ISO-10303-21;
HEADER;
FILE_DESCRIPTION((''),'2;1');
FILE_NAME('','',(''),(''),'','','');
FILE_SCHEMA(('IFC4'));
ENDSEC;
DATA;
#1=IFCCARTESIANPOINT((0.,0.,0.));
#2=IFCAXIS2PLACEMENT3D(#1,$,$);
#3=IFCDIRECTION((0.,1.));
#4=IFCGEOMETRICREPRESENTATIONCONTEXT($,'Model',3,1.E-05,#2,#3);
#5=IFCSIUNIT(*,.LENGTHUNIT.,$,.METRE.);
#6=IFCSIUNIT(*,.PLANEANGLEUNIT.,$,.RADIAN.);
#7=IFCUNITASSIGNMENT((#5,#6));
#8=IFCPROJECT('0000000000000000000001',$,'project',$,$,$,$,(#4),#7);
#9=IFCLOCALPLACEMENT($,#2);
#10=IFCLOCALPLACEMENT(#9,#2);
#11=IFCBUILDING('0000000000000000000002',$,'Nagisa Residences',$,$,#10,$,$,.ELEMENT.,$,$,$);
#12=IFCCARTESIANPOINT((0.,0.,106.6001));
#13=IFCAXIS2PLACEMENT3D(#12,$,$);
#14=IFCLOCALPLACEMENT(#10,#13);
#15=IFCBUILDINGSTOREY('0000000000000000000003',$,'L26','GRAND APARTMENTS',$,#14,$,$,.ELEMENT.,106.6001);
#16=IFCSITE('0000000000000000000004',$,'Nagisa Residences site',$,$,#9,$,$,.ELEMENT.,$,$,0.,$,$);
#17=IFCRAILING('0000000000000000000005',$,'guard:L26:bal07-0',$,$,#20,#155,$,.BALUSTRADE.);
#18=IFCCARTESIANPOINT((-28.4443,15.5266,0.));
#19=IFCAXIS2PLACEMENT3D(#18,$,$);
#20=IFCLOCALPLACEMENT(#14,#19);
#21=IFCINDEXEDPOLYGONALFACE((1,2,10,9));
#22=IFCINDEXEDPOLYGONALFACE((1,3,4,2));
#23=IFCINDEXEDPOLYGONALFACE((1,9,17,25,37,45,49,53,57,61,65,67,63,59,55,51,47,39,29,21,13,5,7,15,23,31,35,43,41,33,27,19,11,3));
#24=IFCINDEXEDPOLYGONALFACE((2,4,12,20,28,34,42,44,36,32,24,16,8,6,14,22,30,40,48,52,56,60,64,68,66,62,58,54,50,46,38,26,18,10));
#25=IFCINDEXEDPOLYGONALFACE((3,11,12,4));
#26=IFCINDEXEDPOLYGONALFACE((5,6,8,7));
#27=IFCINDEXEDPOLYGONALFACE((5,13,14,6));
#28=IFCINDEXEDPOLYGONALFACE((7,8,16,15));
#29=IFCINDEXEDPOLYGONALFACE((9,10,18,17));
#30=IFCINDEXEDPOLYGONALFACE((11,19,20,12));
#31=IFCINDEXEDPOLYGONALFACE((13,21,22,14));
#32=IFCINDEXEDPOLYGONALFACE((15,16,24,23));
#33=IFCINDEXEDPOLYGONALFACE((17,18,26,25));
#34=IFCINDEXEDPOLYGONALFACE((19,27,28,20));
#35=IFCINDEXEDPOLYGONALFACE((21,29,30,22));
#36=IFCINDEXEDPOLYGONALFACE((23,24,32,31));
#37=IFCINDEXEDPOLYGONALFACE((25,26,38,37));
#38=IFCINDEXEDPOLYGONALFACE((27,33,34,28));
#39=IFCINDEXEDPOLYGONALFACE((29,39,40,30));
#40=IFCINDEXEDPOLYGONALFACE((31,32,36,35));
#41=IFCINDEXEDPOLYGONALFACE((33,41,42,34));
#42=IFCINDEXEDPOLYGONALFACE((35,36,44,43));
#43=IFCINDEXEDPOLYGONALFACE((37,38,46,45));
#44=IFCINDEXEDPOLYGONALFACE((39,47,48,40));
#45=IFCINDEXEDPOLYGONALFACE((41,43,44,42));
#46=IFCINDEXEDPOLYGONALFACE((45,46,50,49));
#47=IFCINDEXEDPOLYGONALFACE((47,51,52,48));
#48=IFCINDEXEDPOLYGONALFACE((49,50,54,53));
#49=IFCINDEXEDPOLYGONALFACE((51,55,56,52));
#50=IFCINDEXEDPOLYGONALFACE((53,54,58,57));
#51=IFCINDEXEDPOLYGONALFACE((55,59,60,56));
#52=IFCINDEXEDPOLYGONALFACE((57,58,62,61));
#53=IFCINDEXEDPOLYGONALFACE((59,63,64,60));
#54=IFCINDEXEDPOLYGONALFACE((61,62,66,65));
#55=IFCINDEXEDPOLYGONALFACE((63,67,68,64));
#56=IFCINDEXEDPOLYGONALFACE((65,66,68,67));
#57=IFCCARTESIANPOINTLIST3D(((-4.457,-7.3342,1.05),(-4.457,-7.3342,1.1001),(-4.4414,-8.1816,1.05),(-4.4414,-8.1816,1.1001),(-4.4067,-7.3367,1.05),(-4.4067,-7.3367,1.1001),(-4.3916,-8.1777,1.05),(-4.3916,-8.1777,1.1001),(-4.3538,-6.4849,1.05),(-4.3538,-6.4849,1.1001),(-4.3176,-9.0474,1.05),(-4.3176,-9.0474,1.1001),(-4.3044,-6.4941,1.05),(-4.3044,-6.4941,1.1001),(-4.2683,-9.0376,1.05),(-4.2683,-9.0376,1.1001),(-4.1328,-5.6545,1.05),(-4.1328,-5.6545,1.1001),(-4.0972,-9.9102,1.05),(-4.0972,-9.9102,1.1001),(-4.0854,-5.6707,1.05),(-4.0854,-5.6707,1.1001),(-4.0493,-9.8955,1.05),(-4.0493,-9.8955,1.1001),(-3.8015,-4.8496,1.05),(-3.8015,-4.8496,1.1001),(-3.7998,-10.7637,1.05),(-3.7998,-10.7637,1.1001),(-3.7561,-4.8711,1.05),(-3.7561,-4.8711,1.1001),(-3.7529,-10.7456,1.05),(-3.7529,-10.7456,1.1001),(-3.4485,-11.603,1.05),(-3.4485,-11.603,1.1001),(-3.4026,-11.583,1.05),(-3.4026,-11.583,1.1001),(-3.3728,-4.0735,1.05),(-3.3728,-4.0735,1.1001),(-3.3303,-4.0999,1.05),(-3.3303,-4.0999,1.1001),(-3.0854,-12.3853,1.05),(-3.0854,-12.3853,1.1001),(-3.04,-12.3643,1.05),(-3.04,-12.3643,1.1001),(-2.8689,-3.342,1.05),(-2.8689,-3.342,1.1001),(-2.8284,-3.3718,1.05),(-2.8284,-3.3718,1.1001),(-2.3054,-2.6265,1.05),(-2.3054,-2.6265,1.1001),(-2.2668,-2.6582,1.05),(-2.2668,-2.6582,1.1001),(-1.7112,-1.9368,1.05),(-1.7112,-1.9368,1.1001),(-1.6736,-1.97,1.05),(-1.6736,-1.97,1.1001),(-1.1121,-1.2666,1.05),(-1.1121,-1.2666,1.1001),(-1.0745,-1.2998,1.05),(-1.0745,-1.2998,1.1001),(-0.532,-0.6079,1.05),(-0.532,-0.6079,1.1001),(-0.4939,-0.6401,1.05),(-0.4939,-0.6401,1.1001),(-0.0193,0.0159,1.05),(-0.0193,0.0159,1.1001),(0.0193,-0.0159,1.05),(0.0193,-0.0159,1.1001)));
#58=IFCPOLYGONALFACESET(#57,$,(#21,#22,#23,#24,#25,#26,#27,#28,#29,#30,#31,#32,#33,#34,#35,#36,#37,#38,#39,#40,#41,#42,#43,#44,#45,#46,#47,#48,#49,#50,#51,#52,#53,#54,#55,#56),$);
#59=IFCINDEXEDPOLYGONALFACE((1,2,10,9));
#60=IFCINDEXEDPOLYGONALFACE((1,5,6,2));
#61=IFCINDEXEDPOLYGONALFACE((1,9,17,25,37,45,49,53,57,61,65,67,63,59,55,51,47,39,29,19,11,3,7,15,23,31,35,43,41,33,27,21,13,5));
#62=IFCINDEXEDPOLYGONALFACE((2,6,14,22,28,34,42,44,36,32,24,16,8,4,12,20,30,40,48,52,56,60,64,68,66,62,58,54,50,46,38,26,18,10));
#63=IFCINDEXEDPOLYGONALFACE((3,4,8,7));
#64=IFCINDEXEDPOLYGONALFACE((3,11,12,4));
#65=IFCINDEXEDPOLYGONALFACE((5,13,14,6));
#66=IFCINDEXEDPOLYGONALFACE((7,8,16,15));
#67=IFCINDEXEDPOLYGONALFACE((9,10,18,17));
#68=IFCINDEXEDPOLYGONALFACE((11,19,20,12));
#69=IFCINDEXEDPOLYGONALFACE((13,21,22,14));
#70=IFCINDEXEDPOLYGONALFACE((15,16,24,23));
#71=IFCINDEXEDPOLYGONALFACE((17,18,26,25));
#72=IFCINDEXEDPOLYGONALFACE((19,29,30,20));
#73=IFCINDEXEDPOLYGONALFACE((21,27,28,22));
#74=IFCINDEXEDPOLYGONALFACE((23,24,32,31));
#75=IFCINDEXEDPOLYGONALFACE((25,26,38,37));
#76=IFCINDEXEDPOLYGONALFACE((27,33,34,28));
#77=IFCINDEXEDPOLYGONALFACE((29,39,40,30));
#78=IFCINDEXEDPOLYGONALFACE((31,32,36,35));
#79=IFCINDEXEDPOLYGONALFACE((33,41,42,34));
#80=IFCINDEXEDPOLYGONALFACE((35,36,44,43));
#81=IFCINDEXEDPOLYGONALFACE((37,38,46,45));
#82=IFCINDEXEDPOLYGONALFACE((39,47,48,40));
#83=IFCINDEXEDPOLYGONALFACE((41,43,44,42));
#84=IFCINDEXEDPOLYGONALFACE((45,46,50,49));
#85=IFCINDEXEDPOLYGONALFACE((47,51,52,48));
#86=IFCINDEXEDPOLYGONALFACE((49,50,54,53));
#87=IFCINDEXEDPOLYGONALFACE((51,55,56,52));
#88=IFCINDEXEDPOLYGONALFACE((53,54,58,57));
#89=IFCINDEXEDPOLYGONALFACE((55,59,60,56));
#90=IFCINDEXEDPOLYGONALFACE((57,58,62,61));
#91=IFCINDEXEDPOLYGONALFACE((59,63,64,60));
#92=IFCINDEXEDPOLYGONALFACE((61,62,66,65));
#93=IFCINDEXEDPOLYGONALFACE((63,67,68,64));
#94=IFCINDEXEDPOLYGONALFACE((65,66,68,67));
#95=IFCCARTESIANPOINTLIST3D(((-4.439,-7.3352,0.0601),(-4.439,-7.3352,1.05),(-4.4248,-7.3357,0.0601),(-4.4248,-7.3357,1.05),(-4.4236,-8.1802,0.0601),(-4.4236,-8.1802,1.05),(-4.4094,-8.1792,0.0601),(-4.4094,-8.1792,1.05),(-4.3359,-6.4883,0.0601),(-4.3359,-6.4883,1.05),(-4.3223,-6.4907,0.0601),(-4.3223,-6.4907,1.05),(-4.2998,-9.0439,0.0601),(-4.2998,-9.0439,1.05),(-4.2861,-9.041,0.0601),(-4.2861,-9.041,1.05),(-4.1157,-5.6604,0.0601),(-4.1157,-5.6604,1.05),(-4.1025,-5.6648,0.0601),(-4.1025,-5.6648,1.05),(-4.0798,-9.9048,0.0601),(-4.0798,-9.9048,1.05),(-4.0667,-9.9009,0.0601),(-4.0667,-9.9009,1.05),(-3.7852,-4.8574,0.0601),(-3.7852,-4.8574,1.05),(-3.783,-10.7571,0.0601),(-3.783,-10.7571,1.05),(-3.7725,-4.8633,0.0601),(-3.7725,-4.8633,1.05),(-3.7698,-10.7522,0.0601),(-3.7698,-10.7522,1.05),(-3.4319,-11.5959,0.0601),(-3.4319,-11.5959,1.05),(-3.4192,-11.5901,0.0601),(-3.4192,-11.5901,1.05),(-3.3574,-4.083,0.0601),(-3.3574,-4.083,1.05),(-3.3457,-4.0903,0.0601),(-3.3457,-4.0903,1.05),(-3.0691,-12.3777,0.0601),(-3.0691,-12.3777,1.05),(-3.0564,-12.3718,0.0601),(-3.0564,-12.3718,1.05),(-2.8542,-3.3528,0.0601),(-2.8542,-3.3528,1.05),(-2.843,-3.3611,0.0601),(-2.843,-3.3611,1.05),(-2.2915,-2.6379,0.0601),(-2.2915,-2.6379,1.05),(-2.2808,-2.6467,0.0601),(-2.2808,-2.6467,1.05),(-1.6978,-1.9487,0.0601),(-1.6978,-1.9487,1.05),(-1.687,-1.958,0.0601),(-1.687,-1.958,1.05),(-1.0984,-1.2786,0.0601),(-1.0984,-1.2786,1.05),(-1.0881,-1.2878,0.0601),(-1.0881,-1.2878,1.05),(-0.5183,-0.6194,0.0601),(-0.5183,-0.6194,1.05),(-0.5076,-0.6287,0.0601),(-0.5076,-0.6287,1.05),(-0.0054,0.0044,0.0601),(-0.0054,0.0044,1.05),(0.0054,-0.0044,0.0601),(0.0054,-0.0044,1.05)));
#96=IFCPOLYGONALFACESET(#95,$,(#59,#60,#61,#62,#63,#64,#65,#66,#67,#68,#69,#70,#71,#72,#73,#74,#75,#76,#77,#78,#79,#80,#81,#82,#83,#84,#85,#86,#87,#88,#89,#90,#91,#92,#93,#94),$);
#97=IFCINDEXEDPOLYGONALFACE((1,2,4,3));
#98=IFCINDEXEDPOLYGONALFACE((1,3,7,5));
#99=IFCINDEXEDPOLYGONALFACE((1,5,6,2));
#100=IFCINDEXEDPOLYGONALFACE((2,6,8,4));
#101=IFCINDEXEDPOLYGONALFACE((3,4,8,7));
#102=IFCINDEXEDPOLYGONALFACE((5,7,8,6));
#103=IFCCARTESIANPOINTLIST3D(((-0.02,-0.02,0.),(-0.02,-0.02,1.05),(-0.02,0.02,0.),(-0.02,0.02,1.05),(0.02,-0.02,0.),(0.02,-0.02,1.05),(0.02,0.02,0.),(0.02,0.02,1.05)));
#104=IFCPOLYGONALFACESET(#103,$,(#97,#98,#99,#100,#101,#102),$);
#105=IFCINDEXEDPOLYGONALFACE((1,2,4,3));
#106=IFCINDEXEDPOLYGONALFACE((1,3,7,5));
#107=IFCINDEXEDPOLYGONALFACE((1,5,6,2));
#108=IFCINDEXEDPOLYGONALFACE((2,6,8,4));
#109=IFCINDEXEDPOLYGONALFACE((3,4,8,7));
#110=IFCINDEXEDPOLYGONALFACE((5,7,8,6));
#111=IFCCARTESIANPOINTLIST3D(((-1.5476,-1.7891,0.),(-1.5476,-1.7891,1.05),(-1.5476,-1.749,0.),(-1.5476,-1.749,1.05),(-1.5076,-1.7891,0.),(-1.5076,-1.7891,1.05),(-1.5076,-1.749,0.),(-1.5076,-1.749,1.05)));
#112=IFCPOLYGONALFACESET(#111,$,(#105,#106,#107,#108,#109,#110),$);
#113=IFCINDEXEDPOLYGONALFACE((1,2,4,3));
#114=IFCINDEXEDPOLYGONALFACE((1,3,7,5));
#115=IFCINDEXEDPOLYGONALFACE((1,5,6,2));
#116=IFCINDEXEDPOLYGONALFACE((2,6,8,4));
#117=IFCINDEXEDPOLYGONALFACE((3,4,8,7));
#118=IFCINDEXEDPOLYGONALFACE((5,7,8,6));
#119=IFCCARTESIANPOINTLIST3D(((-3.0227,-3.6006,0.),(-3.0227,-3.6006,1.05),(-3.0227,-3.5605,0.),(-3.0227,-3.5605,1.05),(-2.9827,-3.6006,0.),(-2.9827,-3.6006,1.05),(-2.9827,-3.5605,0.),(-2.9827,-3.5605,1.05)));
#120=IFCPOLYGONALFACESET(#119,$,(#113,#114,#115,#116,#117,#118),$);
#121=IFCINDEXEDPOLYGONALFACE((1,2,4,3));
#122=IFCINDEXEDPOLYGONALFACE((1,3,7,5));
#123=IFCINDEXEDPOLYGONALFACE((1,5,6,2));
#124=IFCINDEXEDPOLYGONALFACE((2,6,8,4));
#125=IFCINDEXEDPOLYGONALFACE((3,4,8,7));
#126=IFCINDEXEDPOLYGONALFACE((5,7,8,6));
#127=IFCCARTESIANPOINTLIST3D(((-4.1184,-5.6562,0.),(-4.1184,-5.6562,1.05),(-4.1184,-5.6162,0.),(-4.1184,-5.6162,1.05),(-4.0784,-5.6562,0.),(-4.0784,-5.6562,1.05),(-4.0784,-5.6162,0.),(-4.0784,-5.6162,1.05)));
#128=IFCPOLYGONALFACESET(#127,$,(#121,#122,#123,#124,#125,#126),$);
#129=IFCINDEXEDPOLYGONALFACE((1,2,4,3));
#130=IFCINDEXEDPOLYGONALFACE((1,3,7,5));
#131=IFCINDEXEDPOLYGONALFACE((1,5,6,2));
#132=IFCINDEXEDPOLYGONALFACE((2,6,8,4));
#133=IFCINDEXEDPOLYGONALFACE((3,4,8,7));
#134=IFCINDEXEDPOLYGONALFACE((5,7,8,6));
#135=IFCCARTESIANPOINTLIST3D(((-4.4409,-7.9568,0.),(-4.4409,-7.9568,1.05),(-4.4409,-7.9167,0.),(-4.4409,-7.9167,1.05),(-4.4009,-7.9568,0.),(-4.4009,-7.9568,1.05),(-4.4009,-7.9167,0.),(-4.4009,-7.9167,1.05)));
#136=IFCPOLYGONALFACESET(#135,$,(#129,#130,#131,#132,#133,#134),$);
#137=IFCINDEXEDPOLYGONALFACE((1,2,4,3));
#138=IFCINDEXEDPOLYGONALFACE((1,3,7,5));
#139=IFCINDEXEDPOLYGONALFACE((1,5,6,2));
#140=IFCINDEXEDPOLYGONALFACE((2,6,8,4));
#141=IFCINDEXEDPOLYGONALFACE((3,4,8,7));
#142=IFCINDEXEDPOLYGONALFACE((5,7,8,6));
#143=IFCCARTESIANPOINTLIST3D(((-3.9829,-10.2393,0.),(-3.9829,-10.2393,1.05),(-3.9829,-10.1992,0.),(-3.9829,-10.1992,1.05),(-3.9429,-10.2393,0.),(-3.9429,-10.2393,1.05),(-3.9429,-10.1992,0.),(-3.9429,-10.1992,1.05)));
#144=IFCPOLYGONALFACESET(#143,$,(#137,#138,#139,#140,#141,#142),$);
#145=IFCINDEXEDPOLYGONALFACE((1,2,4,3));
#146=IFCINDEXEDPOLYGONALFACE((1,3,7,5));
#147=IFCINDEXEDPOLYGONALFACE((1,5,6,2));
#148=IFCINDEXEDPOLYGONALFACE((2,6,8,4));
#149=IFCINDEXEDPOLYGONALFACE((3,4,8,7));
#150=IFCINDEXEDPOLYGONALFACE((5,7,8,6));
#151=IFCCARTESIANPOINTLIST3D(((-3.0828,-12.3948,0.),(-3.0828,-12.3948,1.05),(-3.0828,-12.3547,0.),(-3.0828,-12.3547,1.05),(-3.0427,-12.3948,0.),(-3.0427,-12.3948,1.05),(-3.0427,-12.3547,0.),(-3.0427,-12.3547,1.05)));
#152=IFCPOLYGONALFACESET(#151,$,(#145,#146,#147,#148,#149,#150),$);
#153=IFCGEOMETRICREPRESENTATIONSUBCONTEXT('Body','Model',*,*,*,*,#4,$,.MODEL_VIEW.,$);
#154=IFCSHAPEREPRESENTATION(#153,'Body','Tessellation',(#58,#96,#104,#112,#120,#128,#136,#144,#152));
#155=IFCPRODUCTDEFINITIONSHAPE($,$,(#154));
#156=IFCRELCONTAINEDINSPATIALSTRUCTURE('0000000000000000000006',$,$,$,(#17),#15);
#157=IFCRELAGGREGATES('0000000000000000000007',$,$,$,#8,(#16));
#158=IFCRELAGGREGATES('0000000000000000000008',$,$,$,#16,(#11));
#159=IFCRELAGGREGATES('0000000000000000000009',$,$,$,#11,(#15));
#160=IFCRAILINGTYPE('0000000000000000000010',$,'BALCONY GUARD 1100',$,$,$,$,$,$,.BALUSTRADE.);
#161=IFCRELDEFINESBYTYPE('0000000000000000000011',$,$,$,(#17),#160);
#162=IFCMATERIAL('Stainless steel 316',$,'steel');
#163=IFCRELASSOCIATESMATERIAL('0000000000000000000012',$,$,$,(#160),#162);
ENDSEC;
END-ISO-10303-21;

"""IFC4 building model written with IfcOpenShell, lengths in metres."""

from ifc_helpers import new_model, si_unit, direction, frame, origin, origin_2d, place, context, subcontext, project, spatial, polyline, rectangle, outline, extrude, material, type_object, element, save


model = new_model("IFC4")

# Units and contexts
model_context = context("Model", 3, precision=1e-05, world=origin(), true_north=direction((0.0, 1.0)))
body_context = subcontext(model_context, "Body", "Model", "MODEL_VIEW")
ifc_project = project(units=[si_unit("LENGTHUNIT", "METRE"), si_unit("PLANEANGLEUNIT", "RADIAN")], contexts=[model_context])

# Site, building, storey
site_placement = place(None, origin())
site = spatial("IfcSite", under=ifc_project, at=site_placement, Name="Nagisa Residences site", CompositionType="ELEMENT", RefElevation=0.0)
building_placement = place(site_placement, origin())
building = spatial("IfcBuilding", under=site, at=building_placement, Name="Nagisa Residences", CompositionType="ELEMENT")
storey_placement = place(building_placement, frame((0.0, 0.0, 106.6001)))
storey = spatial("IfcBuildingStorey", under=building, at=storey_placement, Name="L26", Description="GRAND APARTMENTS", CompositionType="ELEMENT", Elevation=106.6001)

# Railing
ifc_material_1 = material(Name="Stainless steel 316", Category="steel")
railing_type = type_object("IfcRailingType", Name="BALCONY GUARD 1100", PredefinedType="BALUSTRADE", material=ifc_material_1)
railing_1_placement = place(storey_placement, frame((-28.4443, 15.5266, 0.0)))
element("IfcRailing", 1, at=railing_1_placement, inside=storey, type_object=railing_type, Name="guard:L26:bal07-0", PredefinedType="BALUSTRADE", context=body_context, shape_type="SweptSolid", body=[
    extrude(outline(polyline([(-0.4939, -0.6401), (0.0193, -0.0159), (-0.0193, 0.0159), (-0.532, -0.6079), (-1.1121, -1.2666), (-1.7112, -1.9368), (-2.3054, -2.6265), (-2.8689, -3.342), (-3.3728, -4.0735), (-3.8015, -4.8496), (-4.1328, -5.6545), (-4.3538, -6.4849), (-4.457, -7.3342), (-4.4414, -8.1816), (-4.3176, -9.0474), (-4.0972, -9.9102), (-3.7998, -10.7637), (-3.4485, -11.603), (-3.0854, -12.3853), (-3.04, -12.3643), (-3.4026, -11.583), (-3.7529, -10.7456), (-4.0493, -9.8955), (-4.2683, -9.0376), (-4.3916, -8.1777), (-4.4067, -7.3367), (-4.3044, -6.4941), (-4.0854, -5.6707), (-3.7561, -4.8711), (-3.3303, -4.0999), (-2.8284, -3.3718), (-2.2668, -2.6582), (-1.6736, -1.97), (-1.0745, -1.2998), (-0.4939, -0.6401)])), frame((0.0, 0.0, 1.05)), (0.0, 0.0, 1.0), 0.05),
    extrude(outline(polyline([(-0.5076, -0.6287), (0.0054, -0.0044), (-0.0054, 0.0044), (-0.5183, -0.6194), (-1.0984, -1.2786), (-1.6978, -1.9487), (-2.2915, -2.6379), (-2.8542, -3.3528), (-3.3574, -4.083), (-3.7852, -4.8574), (-4.1157, -5.6604), (-4.3359, -6.4883), (-4.439, -7.3352), (-4.4236, -8.1802), (-4.2998, -9.0439), (-4.0798, -9.9048), (-3.783, -10.7571), (-3.4319, -11.5959), (-3.0691, -12.3777), (-3.0564, -12.3718), (-3.4192, -11.5901), (-3.7698, -10.7522), (-4.0667, -9.9009), (-4.2861, -9.041), (-4.4094, -8.1792), (-4.4248, -7.3357), (-4.3223, -6.4907), (-4.1025, -5.6648), (-3.7725, -4.8633), (-3.3457, -4.0903), (-2.843, -3.3611), (-2.2808, -2.6467), (-1.687, -1.958), (-1.0881, -1.2878), (-0.5076, -0.6287)])), frame((0.0, 0.0, 0.0601)), (0.0, 0.0, 1.0), 0.99),
    extrude(rectangle(XDim=0.04, YDim=0.04, at=origin_2d()), origin(), (0.0, 0.0, 1.0), 1.05),
    extrude(rectangle(XDim=0.04, YDim=0.04, at=origin_2d()), frame((-1.5276, -1.769, 0.0)), (0.0, 0.0, 1.0), 1.05),
    extrude(rectangle(XDim=0.04, YDim=0.04, at=origin_2d()), frame((-3.0027, -3.5806, 0.0)), (0.0, 0.0, 1.0), 1.05),
    extrude(rectangle(XDim=0.04, YDim=0.04, at=origin_2d()), frame((-4.0984, -5.6362, 0.0)), (0.0, 0.0, 1.0), 1.05),
    extrude(rectangle(XDim=0.04, YDim=0.04, at=origin_2d()), frame((-4.4209, -7.9368, 0.0)), (0.0, 0.0, 1.0), 1.05),
    extrude(rectangle(XDim=0.04, YDim=0.04, at=origin_2d()), frame((-3.9629, -10.2192, 0.0)), (0.0, 0.0, 1.0), 1.05),
    extrude(rectangle(XDim=0.04, YDim=0.04, at=origin_2d()), frame((-3.0627, -12.3748, 0.0)), (0.0, 0.0, 1.0), 1.05),
])

save(model, "model.ifc")
